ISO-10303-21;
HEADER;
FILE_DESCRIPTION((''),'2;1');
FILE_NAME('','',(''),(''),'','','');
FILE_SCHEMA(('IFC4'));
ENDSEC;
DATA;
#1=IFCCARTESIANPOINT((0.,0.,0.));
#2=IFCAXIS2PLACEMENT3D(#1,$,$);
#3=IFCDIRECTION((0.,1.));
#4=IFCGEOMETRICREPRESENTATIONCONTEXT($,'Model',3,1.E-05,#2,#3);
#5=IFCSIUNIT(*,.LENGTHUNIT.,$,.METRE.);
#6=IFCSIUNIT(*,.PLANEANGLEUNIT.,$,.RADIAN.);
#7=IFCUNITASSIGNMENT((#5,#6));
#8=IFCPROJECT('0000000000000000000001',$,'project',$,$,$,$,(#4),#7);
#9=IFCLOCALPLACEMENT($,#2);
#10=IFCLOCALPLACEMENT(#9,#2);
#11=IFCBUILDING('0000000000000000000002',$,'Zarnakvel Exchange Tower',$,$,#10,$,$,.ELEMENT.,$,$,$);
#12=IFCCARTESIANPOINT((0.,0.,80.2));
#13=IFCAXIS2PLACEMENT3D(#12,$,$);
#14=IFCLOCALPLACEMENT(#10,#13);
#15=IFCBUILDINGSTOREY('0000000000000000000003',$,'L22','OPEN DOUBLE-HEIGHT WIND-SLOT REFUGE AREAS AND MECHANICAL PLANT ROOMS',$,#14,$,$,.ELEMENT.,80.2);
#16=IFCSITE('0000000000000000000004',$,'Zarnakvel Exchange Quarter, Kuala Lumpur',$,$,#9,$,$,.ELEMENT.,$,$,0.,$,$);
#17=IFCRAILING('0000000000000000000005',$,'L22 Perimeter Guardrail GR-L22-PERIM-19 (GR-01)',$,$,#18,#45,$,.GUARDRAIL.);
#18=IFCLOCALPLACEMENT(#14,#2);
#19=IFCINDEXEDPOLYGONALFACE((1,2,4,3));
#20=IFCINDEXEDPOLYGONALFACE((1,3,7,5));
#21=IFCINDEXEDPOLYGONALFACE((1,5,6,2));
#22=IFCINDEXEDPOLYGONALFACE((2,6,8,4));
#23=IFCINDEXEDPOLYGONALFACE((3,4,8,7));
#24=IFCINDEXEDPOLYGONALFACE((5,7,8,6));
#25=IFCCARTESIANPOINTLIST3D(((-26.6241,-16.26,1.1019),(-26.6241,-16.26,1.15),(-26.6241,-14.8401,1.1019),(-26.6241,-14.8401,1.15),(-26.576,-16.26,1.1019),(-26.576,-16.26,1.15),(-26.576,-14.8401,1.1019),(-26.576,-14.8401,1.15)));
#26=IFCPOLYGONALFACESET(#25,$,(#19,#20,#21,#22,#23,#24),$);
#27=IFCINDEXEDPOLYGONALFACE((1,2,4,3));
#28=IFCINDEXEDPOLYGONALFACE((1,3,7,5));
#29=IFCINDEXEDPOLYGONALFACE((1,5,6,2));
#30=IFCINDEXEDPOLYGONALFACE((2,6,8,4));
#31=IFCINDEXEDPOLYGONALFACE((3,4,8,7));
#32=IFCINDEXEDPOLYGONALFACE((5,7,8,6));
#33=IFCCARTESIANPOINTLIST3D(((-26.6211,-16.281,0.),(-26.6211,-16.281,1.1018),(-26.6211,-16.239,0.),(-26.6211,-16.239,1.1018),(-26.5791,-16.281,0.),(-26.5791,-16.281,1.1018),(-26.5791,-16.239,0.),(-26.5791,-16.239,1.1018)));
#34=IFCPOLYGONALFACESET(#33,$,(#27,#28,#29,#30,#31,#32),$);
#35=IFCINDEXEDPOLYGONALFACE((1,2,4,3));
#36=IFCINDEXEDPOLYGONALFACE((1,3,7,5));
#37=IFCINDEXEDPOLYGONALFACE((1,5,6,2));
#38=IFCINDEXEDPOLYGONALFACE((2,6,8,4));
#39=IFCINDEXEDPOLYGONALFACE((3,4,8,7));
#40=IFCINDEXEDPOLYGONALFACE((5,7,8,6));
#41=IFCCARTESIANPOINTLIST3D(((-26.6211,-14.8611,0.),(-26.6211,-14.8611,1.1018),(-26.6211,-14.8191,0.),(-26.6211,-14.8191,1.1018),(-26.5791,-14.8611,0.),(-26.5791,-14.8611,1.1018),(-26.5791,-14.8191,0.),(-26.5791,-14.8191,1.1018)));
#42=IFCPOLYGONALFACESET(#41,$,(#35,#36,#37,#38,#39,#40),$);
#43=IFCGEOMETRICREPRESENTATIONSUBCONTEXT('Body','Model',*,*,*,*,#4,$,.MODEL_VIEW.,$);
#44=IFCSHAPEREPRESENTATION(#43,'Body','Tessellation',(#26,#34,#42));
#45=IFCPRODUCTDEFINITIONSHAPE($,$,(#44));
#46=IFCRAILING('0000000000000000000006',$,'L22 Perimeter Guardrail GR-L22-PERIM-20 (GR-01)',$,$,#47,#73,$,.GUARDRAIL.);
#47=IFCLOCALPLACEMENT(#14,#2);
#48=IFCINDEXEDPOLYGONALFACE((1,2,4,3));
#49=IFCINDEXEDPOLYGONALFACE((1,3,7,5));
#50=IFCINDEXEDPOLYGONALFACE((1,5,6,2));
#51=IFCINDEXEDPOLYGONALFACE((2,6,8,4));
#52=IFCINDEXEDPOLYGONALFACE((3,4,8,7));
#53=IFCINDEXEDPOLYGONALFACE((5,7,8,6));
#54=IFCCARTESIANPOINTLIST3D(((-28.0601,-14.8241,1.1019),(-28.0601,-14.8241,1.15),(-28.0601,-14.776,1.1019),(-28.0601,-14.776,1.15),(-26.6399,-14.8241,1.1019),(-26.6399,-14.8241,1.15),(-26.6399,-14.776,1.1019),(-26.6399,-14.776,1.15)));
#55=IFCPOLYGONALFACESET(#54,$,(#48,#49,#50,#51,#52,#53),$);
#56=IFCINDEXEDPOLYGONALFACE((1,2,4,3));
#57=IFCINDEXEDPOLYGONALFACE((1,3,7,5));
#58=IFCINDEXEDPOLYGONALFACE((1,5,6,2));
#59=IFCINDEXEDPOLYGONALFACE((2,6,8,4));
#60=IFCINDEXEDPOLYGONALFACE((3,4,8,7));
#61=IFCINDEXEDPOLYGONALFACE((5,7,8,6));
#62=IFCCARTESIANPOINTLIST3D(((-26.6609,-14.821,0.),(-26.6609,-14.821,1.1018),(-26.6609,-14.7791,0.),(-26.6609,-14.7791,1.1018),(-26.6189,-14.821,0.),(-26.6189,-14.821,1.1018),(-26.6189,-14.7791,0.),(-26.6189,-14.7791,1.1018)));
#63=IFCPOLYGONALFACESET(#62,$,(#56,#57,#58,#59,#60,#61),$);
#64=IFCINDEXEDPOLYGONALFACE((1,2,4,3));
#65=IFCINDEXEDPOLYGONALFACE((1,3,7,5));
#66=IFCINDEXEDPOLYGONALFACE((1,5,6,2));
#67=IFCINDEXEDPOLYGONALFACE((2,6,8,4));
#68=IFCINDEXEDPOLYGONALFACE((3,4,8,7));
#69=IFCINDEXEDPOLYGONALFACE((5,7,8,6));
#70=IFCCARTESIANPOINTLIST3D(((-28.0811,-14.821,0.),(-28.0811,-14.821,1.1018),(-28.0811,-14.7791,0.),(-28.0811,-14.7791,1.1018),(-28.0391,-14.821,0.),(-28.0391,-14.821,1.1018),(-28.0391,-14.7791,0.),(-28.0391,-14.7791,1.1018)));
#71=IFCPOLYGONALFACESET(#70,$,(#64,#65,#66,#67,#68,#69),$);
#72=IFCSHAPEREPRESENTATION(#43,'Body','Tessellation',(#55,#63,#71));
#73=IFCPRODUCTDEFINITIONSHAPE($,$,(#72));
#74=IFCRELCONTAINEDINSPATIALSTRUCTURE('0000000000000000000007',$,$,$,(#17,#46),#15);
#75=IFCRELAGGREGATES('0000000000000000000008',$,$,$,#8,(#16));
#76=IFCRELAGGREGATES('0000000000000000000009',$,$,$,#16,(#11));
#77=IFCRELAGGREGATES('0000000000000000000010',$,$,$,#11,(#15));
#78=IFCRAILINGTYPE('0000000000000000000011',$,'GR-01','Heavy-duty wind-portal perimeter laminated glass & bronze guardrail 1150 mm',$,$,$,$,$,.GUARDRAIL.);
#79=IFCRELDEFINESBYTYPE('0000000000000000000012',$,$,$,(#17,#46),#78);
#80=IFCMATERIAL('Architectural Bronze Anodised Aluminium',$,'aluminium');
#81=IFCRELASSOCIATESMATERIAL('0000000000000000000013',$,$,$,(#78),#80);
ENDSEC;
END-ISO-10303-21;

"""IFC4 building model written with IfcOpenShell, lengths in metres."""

from ifc_helpers import new_model, si_unit, direction, frame, origin, origin_2d, place, context, subcontext, project, spatial, rectangle, extrude, material, type_object, element, save


model = new_model("IFC4")

# Units and contexts
model_context = context("Model", 3, precision=1e-05, world=origin(), true_north=direction((0.0, 1.0)))
body_context = subcontext(model_context, "Body", "Model", "MODEL_VIEW")
ifc_project = project(units=[si_unit("LENGTHUNIT", "METRE"), si_unit("PLANEANGLEUNIT", "RADIAN")], contexts=[model_context])

# Site, building, storey
site_placement = place(None, origin())
site = spatial("IfcSite", under=ifc_project, at=site_placement, Name="Zarnakvel Exchange Quarter, Kuala Lumpur", CompositionType="ELEMENT", RefElevation=0.0)
building_placement = place(site_placement, origin())
building = spatial("IfcBuilding", under=site, at=building_placement, Name="Zarnakvel Exchange Tower", CompositionType="ELEMENT")
storey_placement = place(building_placement, frame((0.0, 0.0, 80.2)))
storey = spatial("IfcBuildingStorey", under=building, at=storey_placement, Name="L22", Description="OPEN DOUBLE-HEIGHT WIND-SLOT REFUGE AREAS AND MECHANICAL PLANT ROOMS", CompositionType="ELEMENT", Elevation=80.2)

# Railings
ifc_material_1 = material(Name="Architectural Bronze Anodised Aluminium", Category="aluminium")
railing_type = type_object("IfcRailingType", Name="GR-01", Description="Heavy-duty wind-portal perimeter laminated glass & bronze guardrail 1150 mm", PredefinedType="GUARDRAIL", material=ifc_material_1)
railing_1_placement = place(storey_placement, frame((-26.6001, -16.26, 0.0)))
element("IfcRailing", 1, at=railing_1_placement, inside=storey, type_object=railing_type, Name="L22 Perimeter Guardrail GR-L22-PERIM-19 (GR-01)", PredefinedType="GUARDRAIL", context=body_context, shape_type="SweptSolid", body=[
    extrude(rectangle(XDim=0.0481, YDim=0.0481, at=origin_2d()), frame((0.0, 0.0, 1.126), z_axis=(0.0, 1.0, 0.0), x_axis=(-1.0, 0.0, 0.0)), (0.0, 0.0, 1.0), 1.4199),
    extrude(rectangle(XDim=0.042, YDim=0.042, at=origin_2d()), origin(), (0.0, 0.0, 1.0), 1.1018),
    extrude(rectangle(XDim=0.042, YDim=0.042, at=origin_2d()), frame((0.0, 1.4199, 0.0)), (0.0, 0.0, 1.0), 1.1018),
])
railing_2_placement = place(storey_placement, frame((-26.6399, -14.8, 0.0)))
element("IfcRailing", 2, at=railing_2_placement, inside=storey, type_object=railing_type, Name="L22 Perimeter Guardrail GR-L22-PERIM-20 (GR-01)", PredefinedType="GUARDRAIL", context=body_context, shape_type="SweptSolid", body=[
    extrude(rectangle(XDim=0.0481, YDim=0.0481, at=origin_2d()), frame((0.0, 0.0, 1.126), z_axis=(-1.0, 0.0, 0.0), x_axis=(0.0, -1.0, 0.0)), (0.0, 0.0, 1.0), 1.4202),
    extrude(rectangle(XDim=0.042, YDim=0.042, at=origin_2d()), origin(), (0.0, 0.0, 1.0), 1.1018),
    extrude(rectangle(XDim=0.042, YDim=0.042, at=origin_2d()), frame((-1.4202, 0.0, 0.0)), (0.0, 0.0, 1.0), 1.1018),
])

save(model, "model.ifc")
